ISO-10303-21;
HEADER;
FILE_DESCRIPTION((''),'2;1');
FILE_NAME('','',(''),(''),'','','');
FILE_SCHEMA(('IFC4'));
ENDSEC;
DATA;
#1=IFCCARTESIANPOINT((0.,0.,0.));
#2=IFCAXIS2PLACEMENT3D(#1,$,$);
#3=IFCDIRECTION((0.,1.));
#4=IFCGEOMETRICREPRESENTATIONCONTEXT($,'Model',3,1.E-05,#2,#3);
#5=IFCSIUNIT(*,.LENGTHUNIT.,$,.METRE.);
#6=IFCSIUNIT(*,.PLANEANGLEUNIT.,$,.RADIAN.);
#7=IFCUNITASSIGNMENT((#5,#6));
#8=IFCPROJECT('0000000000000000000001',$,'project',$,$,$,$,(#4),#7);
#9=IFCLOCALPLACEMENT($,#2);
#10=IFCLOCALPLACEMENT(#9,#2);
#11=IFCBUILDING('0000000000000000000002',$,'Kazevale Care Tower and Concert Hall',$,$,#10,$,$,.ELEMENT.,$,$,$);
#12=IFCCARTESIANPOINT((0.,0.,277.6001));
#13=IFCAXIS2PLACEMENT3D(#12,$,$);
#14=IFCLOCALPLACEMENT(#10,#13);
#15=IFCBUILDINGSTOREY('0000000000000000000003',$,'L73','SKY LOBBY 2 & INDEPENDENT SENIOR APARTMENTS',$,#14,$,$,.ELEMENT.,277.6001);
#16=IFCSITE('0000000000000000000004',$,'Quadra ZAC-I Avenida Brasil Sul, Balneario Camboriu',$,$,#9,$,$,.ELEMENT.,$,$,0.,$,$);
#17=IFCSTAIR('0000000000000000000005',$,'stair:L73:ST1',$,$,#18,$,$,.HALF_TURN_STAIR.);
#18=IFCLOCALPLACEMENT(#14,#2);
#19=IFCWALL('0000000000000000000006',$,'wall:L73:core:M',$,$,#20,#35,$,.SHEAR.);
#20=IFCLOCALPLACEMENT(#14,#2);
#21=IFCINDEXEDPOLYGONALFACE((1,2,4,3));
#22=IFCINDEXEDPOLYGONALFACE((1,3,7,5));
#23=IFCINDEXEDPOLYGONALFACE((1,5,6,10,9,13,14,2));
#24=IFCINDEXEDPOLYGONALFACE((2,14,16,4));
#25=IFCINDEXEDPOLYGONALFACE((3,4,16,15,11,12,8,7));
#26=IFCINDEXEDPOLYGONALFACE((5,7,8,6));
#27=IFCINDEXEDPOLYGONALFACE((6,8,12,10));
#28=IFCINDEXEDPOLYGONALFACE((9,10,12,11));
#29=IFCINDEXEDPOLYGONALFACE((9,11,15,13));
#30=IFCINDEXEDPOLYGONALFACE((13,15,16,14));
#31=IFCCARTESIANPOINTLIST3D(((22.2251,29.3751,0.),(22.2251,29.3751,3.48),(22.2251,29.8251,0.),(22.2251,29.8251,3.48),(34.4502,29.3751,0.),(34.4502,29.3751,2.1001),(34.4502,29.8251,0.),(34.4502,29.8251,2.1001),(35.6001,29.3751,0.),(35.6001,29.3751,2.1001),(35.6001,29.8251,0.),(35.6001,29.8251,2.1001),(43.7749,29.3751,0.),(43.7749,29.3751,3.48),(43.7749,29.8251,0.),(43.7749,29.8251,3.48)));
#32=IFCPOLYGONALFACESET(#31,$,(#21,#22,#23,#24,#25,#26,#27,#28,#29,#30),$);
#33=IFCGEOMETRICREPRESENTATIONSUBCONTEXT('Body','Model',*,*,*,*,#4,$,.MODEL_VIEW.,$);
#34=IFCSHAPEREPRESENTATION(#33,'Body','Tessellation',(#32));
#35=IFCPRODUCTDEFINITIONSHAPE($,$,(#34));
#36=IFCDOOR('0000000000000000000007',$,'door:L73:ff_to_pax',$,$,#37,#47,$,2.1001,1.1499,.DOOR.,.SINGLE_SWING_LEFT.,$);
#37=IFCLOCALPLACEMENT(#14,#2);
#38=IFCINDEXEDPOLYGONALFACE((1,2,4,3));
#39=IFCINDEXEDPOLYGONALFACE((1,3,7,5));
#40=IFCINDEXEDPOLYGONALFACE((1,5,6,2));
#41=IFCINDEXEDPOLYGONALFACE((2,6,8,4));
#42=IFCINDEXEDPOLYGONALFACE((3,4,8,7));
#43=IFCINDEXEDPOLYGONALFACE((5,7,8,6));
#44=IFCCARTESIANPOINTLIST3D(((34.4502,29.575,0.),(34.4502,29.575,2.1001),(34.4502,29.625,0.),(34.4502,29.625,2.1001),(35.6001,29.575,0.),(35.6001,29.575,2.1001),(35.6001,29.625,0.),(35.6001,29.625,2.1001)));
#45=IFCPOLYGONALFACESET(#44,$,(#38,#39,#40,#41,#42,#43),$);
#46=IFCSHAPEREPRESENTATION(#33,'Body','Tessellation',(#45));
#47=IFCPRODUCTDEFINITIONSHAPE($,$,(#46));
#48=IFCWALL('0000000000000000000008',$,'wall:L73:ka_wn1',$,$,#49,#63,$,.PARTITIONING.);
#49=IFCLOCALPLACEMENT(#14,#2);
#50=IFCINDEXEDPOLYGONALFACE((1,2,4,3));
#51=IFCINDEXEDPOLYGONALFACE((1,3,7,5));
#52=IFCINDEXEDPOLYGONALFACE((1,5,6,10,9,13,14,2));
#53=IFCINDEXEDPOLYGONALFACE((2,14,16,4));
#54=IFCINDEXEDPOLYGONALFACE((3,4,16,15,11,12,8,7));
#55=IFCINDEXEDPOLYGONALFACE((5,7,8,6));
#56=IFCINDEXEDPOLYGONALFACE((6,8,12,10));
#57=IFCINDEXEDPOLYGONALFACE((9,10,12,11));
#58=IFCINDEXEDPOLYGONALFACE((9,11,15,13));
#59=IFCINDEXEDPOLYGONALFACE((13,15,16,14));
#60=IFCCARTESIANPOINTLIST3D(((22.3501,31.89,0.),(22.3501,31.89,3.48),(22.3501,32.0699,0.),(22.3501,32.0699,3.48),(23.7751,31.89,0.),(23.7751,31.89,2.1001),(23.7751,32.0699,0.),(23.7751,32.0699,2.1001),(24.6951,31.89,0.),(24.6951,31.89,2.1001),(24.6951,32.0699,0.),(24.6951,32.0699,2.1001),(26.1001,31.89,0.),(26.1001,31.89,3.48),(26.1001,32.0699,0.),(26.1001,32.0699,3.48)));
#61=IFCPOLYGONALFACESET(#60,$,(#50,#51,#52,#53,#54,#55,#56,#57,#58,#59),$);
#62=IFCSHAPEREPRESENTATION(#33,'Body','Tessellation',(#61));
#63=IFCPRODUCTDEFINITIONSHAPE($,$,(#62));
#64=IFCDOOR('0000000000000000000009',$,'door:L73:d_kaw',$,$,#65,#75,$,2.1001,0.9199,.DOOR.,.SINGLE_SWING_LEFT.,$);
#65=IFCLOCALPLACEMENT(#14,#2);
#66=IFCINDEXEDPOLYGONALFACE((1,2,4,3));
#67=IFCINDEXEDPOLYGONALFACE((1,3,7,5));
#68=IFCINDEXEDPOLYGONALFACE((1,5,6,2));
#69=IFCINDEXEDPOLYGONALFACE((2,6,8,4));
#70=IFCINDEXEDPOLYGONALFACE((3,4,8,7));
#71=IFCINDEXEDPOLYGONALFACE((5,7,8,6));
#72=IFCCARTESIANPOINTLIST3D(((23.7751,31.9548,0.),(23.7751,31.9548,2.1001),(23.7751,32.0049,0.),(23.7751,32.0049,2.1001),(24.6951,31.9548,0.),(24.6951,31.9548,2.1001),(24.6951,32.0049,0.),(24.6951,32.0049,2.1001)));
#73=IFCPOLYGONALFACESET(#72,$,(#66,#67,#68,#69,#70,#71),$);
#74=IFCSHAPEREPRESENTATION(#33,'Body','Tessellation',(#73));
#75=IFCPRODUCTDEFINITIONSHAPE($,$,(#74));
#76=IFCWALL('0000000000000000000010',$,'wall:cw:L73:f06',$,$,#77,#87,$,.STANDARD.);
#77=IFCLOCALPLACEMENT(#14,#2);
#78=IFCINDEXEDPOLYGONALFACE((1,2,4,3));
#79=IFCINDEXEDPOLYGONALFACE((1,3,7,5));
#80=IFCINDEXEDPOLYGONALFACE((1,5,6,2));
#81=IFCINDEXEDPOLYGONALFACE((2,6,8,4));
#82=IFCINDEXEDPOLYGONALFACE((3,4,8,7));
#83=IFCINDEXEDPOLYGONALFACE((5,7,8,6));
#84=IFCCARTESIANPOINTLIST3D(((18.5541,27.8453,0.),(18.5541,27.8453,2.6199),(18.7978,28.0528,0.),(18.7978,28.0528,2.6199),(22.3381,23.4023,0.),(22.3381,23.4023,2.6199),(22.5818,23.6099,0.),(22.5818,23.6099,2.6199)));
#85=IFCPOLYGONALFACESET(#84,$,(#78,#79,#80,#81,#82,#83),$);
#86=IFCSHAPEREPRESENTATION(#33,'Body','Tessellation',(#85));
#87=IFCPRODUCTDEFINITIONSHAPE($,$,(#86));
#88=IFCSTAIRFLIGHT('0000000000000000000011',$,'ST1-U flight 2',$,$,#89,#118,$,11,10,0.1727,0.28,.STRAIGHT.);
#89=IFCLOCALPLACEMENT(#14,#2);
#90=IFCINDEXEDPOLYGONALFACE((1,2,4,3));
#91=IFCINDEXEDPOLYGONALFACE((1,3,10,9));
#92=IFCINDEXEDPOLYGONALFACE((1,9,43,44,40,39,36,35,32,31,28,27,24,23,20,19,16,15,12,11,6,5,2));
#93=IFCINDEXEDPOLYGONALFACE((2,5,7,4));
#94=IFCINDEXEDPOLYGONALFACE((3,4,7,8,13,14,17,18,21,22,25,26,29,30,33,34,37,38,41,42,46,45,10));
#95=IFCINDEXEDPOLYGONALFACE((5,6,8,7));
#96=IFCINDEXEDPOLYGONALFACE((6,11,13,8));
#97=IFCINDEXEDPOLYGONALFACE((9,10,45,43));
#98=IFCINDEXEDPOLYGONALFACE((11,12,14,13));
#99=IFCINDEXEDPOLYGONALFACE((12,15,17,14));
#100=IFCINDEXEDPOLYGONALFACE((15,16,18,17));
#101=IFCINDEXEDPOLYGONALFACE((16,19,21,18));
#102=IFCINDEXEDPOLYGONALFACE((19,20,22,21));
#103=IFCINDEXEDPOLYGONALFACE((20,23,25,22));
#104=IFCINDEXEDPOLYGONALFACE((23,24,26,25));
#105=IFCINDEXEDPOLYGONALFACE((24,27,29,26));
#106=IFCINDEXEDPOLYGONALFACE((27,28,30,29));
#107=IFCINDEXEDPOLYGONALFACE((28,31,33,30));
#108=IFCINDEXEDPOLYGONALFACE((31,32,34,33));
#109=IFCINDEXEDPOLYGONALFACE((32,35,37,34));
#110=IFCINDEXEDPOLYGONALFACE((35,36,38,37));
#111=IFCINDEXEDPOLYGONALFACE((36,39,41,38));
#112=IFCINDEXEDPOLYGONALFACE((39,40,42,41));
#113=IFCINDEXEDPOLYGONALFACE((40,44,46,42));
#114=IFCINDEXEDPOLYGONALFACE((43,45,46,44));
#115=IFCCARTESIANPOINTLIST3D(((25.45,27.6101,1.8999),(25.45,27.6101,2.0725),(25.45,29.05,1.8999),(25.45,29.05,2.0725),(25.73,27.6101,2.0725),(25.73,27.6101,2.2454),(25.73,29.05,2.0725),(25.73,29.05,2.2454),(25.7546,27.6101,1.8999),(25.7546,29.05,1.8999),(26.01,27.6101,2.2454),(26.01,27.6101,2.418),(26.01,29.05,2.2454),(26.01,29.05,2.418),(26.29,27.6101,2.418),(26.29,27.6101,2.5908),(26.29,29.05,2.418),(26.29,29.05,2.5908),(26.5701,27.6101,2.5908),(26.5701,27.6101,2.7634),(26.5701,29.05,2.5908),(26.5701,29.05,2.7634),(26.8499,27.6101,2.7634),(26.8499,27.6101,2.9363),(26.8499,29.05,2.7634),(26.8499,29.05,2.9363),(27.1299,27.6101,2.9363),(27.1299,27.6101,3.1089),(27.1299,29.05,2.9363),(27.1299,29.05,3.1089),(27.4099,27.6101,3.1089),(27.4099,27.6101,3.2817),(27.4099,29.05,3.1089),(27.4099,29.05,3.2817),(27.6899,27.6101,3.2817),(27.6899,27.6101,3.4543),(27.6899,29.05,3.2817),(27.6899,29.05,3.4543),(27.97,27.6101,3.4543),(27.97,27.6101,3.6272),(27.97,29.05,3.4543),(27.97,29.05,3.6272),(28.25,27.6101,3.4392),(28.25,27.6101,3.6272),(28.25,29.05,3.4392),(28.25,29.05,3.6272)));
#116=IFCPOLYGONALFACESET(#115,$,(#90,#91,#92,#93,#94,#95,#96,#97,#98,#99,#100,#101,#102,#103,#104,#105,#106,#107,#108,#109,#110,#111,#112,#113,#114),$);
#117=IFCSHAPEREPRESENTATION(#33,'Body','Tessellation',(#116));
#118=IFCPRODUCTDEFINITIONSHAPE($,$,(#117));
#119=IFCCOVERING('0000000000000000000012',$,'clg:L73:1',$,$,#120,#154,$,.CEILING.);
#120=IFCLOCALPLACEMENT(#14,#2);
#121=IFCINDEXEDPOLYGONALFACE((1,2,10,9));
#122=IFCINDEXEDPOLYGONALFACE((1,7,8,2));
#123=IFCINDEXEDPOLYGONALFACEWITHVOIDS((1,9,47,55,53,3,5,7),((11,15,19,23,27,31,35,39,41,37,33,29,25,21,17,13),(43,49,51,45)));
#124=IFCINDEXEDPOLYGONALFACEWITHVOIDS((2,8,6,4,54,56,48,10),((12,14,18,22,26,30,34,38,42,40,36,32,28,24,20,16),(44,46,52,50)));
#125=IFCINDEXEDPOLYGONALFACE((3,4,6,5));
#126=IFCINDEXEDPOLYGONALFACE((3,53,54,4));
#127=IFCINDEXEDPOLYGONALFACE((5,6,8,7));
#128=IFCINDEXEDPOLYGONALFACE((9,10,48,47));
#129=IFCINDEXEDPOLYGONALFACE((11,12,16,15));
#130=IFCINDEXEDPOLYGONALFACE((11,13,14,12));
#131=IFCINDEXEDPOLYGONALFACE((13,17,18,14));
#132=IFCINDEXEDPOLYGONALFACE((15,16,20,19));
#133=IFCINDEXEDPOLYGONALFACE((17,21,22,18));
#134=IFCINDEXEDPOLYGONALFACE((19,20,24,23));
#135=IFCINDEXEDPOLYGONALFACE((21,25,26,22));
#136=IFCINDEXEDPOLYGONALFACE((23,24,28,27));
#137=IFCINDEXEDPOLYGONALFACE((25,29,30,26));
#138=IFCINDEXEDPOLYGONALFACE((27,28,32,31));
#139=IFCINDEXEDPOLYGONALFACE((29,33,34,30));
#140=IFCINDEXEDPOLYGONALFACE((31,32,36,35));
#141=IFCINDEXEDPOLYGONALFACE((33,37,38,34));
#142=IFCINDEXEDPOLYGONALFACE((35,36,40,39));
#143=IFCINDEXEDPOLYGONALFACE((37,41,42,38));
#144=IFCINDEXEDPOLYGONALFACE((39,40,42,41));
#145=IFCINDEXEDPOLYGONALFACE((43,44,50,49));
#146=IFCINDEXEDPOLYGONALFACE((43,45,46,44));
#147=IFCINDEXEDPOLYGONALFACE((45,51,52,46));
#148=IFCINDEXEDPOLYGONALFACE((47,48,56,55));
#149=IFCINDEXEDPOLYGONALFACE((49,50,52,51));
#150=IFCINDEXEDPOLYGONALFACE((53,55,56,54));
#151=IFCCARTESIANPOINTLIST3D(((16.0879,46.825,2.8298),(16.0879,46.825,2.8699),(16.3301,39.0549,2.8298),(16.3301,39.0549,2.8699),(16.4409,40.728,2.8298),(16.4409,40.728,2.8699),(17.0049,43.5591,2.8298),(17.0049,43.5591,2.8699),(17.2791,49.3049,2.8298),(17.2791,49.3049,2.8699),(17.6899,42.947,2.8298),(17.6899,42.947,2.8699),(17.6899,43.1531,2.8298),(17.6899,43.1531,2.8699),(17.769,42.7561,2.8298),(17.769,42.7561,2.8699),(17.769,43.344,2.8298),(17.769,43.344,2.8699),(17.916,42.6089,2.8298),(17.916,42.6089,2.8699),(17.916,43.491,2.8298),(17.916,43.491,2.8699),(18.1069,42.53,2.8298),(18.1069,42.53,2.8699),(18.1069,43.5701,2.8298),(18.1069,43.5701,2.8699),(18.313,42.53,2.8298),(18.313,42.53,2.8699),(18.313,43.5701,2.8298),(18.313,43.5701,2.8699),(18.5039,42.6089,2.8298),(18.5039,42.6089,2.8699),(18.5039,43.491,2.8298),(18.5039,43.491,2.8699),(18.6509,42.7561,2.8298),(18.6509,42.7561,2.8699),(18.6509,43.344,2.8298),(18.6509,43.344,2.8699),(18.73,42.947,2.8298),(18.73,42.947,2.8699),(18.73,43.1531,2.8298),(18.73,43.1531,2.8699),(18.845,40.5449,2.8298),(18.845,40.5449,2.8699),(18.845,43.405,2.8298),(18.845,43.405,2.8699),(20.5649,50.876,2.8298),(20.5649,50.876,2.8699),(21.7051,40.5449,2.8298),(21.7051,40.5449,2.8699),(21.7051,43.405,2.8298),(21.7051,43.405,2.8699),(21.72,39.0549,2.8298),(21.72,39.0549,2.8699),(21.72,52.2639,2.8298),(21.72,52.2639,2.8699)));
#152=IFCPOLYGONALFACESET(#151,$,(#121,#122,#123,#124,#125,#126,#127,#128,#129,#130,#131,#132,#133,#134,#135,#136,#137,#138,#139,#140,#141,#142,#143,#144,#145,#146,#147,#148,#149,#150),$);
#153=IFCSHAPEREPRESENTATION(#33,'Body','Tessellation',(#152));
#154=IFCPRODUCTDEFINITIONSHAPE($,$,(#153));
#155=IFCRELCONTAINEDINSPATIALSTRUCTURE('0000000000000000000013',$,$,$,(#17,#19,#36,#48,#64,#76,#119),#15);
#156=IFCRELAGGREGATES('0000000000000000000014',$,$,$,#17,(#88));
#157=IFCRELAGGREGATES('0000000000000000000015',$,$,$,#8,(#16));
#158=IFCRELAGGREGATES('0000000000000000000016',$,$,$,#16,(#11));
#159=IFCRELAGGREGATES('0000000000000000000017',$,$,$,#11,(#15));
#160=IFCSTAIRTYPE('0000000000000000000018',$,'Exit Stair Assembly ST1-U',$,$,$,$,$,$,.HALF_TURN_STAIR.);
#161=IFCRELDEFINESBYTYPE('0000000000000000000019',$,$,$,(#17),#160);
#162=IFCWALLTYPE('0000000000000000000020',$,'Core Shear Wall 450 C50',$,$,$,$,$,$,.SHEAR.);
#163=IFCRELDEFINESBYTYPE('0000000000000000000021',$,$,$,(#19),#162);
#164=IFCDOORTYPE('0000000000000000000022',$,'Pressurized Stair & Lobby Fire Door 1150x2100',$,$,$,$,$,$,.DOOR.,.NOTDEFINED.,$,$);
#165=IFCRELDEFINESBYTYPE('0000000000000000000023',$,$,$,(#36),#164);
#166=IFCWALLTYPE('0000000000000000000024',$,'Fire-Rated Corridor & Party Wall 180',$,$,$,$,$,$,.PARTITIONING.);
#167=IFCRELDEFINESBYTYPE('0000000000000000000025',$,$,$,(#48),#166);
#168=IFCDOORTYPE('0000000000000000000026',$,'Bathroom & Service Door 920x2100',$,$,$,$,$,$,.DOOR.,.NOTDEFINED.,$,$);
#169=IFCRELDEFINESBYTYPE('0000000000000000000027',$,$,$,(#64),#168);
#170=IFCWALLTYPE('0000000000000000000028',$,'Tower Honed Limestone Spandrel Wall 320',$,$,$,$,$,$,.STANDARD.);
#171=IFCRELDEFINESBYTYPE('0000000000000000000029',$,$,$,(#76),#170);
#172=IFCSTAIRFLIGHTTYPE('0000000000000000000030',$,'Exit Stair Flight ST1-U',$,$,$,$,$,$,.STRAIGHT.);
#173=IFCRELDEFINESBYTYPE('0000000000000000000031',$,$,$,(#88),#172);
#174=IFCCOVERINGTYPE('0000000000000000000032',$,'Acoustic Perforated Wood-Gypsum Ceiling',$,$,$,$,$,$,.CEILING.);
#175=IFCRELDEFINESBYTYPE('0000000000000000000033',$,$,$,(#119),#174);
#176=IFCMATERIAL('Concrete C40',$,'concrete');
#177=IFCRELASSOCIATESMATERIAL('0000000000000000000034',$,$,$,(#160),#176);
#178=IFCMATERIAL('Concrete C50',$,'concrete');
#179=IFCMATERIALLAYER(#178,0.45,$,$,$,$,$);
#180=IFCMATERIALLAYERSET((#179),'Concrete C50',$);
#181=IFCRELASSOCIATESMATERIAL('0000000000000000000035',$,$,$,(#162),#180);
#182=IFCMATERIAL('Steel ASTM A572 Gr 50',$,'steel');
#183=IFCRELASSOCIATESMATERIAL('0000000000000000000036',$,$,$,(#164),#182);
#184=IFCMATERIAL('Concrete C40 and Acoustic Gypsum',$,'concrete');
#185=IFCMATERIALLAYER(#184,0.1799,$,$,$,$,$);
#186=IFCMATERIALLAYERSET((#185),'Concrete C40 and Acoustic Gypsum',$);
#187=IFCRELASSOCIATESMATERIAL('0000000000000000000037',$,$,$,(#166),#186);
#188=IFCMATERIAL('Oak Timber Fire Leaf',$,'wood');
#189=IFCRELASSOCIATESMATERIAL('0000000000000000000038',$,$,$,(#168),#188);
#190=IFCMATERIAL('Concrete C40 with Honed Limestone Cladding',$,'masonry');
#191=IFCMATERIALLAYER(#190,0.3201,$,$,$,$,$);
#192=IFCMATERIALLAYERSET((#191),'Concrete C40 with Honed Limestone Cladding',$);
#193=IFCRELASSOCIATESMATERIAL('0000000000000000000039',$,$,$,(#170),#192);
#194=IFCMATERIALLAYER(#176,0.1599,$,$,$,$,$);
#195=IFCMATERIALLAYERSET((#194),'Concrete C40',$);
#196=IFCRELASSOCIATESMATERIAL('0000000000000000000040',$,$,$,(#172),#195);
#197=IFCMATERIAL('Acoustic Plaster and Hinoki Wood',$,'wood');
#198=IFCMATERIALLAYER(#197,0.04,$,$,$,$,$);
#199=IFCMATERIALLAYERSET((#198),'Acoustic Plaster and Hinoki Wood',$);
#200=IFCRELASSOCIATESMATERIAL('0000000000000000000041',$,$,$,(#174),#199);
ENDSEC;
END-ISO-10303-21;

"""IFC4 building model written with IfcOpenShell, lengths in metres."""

from ifc_helpers import new_model, si_unit, direction, frame, frame_2d, origin, place, context, subcontext, project, spatial, polyline, rectangle, outline, extrude, material, layer, layer_set, type_object, element, fill, aggregate, save


model = new_model("IFC4")

# Units and contexts
model_context = context("Model", 3, precision=1e-05, world=origin(), true_north=direction((0.0, 1.0)))
body_context = subcontext(model_context, "Body", "Model", "MODEL_VIEW")
ifc_project = project(units=[si_unit("LENGTHUNIT", "METRE"), si_unit("PLANEANGLEUNIT", "RADIAN")], contexts=[model_context])

# Site, building, storey
site_placement = place(None, origin())
site = spatial("IfcSite", under=ifc_project, at=site_placement, Name="Quadra ZAC-I Avenida Brasil Sul, Balneario Camboriu", CompositionType="ELEMENT", RefElevation=0.0)
building_placement = place(site_placement, origin())
building = spatial("IfcBuilding", under=site, at=building_placement, Name="Kazevale Care Tower and Concert Hall", CompositionType="ELEMENT")
storey_placement = place(building_placement, frame((0.0, 0.0, 277.6001)))
storey = spatial("IfcBuildingStorey", under=building, at=storey_placement, Name="L73", Description="SKY LOBBY 2 & INDEPENDENT SENIOR APARTMENTS", CompositionType="ELEMENT", Elevation=277.6001)

# Shared definitions
ifc_material_1 = material(Name="Concrete C50", Category="concrete")

# Shared definitions
ifc_material_2 = material(Name="Steel ASTM A572 Gr 50", Category="steel")

# Shared definitions
ifc_material_3 = material(Name="Concrete C40", Category="concrete")

# Stair
stair_type = type_object("IfcStairType", Name="Exit Stair Assembly ST1-U", PredefinedType="HALF_TURN_STAIR", material=ifc_material_3)
stair_1_placement = place(storey_placement, origin())
stair_1 = element("IfcStair", 1, at=stair_1_placement, inside=storey, type_object=stair_type, Name="stair:L73:ST1", PredefinedType="HALF_TURN_STAIR")

# Shared definitions
ifc_layer_1 = layer(ifc_material_1, 0.45)
ifc_layer_set_1 = layer_set([ifc_layer_1], Name="Concrete C50")
wall_type_1 = type_object("IfcWallType", Name="Core Shear Wall 450 C50", PredefinedType="SHEAR", material=ifc_layer_set_1)

# Walls, openings, doors
wall_1_placement = place(storey_placement, frame((22.2251, 29.6001, 0.0), z_axis=(0.0, 0.0, 1.0), x_axis=(1.0, 0.0, 0.0)))
wall_1 = element("IfcWall", 2, at=wall_1_placement, inside=storey, type_object=wall_type_1, Name="wall:L73:core:M", PredefinedType="SHEAR", context=body_context, shape_type="SweptSolid", body=[
    extrude(rectangle(XDim=21.5498, YDim=0.45, at=frame_2d((10.7749, 0.0))), origin(), (0.0, 0.0, 1.0), 3.48),
])
opening_1_placement = place(wall_1_placement, frame((12.2251, 0.0, 0.0)))
opening_1 = element("IfcOpeningElement", 3, at=opening_1_placement, cuts=wall_1, PredefinedType="OPENING", context=body_context, shape_type="SweptSolid", body=[
    extrude(rectangle(XDim=1.1499, YDim=2.1001, at=frame_2d((0.575, 1.05))), frame((0.0, 0.2349, 0.0), z_axis=(0.0, -1.0, 0.0), x_axis=(1.0, 0.0, 0.0)), (0.0, 0.0, 1.0), 0.47),
])
door_type_1 = type_object("IfcDoorType", Name="Pressurized Stair & Lobby Fire Door 1150x2100", OperationType="NOTDEFINED", PredefinedType="DOOR", material=ifc_material_2)
door_1_placement = place(opening_1_placement, origin())
door_1 = element("IfcDoor", 4, at=door_1_placement, inside=storey, type_object=door_type_1, Name="door:L73:ff_to_pax", OperationType="SINGLE_SWING_LEFT", OverallHeight=2.1001, OverallWidth=1.1499, PredefinedType="DOOR", context=body_context, shape_type="SweptSolid", body=[
    extrude(rectangle(XDim=1.1499, YDim=2.1001, at=frame_2d((0.575, 1.05))), frame((0.0, 0.0249, 0.0), z_axis=(0.0, -1.0, 0.0), x_axis=(1.0, 0.0, 0.0)), (0.0, 0.0, 1.0), 0.05),
])
fill(opening_1, door_1)
ifc_material_4 = material(Name="Concrete C40 and Acoustic Gypsum", Category="concrete")
ifc_layer_2 = layer(ifc_material_4, 0.1799)
ifc_layer_set_2 = layer_set([ifc_layer_2], Name="Concrete C40 and Acoustic Gypsum")
wall_type_2 = type_object("IfcWallType", Name="Fire-Rated Corridor & Party Wall 180", PredefinedType="PARTITIONING", material=ifc_layer_set_2)
wall_2_placement = place(storey_placement, frame((22.3501, 31.98, 0.0), z_axis=(0.0, 0.0, 1.0), x_axis=(1.0, 0.0, 0.0)))
wall_2 = element("IfcWall", 5, at=wall_2_placement, inside=storey, type_object=wall_type_2, Name="wall:L73:ka_wn1", PredefinedType="PARTITIONING", context=body_context, shape_type="SweptSolid", body=[
    extrude(rectangle(XDim=3.75, YDim=0.1799, at=frame_2d((1.875, 0.0))), origin(), (0.0, 0.0, 1.0), 3.48),
])
opening_2_placement = place(wall_2_placement, frame((1.425, 0.0, 0.0)))
opening_2 = element("IfcOpeningElement", 6, at=opening_2_placement, cuts=wall_2, PredefinedType="OPENING", context=body_context, shape_type="SweptSolid", body=[
    extrude(rectangle(XDim=0.9199, YDim=2.1001, at=frame_2d((0.46, 1.05))), frame((0.0, 0.0999, 0.0), z_axis=(0.0, -1.0, 0.0), x_axis=(1.0, 0.0, 0.0)), (0.0, 0.0, 1.0), 0.2),
])
ifc_material_5 = material(Name="Oak Timber Fire Leaf", Category="wood")
door_type_2 = type_object("IfcDoorType", Name="Bathroom & Service Door 920x2100", OperationType="NOTDEFINED", PredefinedType="DOOR", material=ifc_material_5)
door_2_placement = place(opening_2_placement, origin())
door_2 = element("IfcDoor", 7, at=door_2_placement, inside=storey, type_object=door_type_2, Name="door:L73:d_kaw", OperationType="SINGLE_SWING_LEFT", OverallHeight=2.1001, OverallWidth=0.9199, PredefinedType="DOOR", context=body_context, shape_type="SweptSolid", body=[
    extrude(rectangle(XDim=0.9199, YDim=2.1001, at=frame_2d((0.46, 1.05))), frame((0.0, 0.0249, 0.0), z_axis=(0.0, -1.0, 0.0), x_axis=(1.0, 0.0, 0.0)), (0.0, 0.0, 1.0), 0.05),
])
fill(opening_2, door_2)

# Wall
ifc_material_6 = material(Name="Concrete C40 with Honed Limestone Cladding", Category="masonry")
ifc_layer_3 = layer(ifc_material_6, 0.3201)
ifc_layer_set_3 = layer_set([ifc_layer_3], Name="Concrete C40 with Honed Limestone Cladding")
wall_type_3 = type_object("IfcWallType", Name="Tower Honed Limestone Spandrel Wall 320", PredefinedType="STANDARD", material=ifc_layer_set_3)
wall_3_placement = place(storey_placement, frame((22.46, 23.5061, 0.0), z_axis=(0.0, 0.0, 1.0), x_axis=(-0.648394, 0.761305, 0.0)))
element("IfcWall", 8, at=wall_3_placement, inside=storey, type_object=wall_type_3, Name="wall:cw:L73:f06", PredefinedType="STANDARD", context=body_context, shape_type="SweptSolid", body=[
    extrude(rectangle(XDim=5.8359, YDim=0.3201, at=frame_2d((2.918, 0.0))), origin(), (0.0, 0.0, 1.0), 2.6199),
])

# Stair flight
ifc_layer_4 = layer(ifc_material_3, 0.1599)
ifc_layer_set_4 = layer_set([ifc_layer_4], Name="Concrete C40")
stair_flight_type = type_object("IfcStairFlightType", Name="Exit Stair Flight ST1-U", PredefinedType="STRAIGHT", material=ifc_layer_set_4)
stair_flight_placement = place(storey_placement, frame((25.45, 28.3301, 1.8999), z_axis=(0.0, 0.0, 1.0), x_axis=(1.0, 0.0, 0.0)))
stair_flight = element("IfcStairFlight", 9, at=stair_flight_placement, type_object=stair_flight_type, Name="ST1-U flight 2", NumberOfRisers=11, NumberOfTreads=10, PredefinedType="STRAIGHT", RiserHeight=0.1727, TreadLength=0.28, context=body_context, shape_type="SweptSolid", body=[
    extrude(outline(polyline([(0.0, 0.0), (0.0, 0.1726), (0.28, 0.1726), (0.28, 0.3455), (0.5601, 0.3455), (0.5601, 0.5181), (0.8401, 0.5181), (0.8401, 0.6909), (1.1201, 0.6909), (1.1201, 0.8635), (1.3999, 0.8635), (1.3999, 1.0364), (1.6799, 1.0364), (1.6799, 1.209), (1.96, 1.209), (1.96, 1.3818), (2.24, 1.3818), (2.24, 1.5544), (2.52, 1.5544), (2.52, 1.7273), (2.8, 1.7273), (2.8, 1.8999), (2.8, 1.5393), (0.3047, 0.0), (0.0, 0.0)])), frame((0.0, 0.72, 0.0), z_axis=(0.0, -1.0, 0.0), x_axis=(1.0, 0.0, 0.0)), (0.0, 0.0, 1.0), 1.4399),
])
aggregate(stair_1, [stair_flight])

# Covering
ifc_material_7 = material(Name="Acoustic Plaster and Hinoki Wood", Category="wood")
ifc_layer_5 = layer(ifc_material_7, 0.04)
ifc_layer_set_5 = layer_set([ifc_layer_5], Name="Acoustic Plaster and Hinoki Wood")
covering_type = type_object("IfcCoveringType", Name="Acoustic Perforated Wood-Gypsum Ceiling", PredefinedType="CEILING", material=ifc_layer_set_5)
covering_1_placement = place(storey_placement, frame((0.0, 0.0, 2.8298)))
element("IfcCovering", 10, at=covering_1_placement, inside=storey, type_object=covering_type, Name="clg:L73:1", PredefinedType="CEILING", context=body_context, shape_type="SweptSolid", body=[
    extrude(outline(polyline([(16.0879, 46.825), (17.2791, 49.3049), (20.5649, 50.876), (21.72, 52.2639), (21.72, 39.0549), (16.3301, 39.0549), (16.4409, 40.728), (17.0049, 43.5591), (16.0879, 46.825)]), holes=[polyline([(18.845, 43.405), (18.845, 40.5449), (21.7051, 40.5449), (21.7051, 43.405), (18.845, 43.405)]), polyline([(18.73, 43.1531), (18.6509, 43.344), (18.5039, 43.491), (18.313, 43.5701), (18.1069, 43.5701), (17.916, 43.491), (17.769, 43.344), (17.6899, 43.1531), (17.6899, 42.947), (17.769, 42.7561), (17.916, 42.6089), (18.1069, 42.53), (18.313, 42.53), (18.5039, 42.6089), (18.6509, 42.7561), (18.73, 42.947), (18.73, 43.1531)])]), origin(), (0.0, 0.0, 1.0), 0.04),
])

save(model, "model.ifc")
